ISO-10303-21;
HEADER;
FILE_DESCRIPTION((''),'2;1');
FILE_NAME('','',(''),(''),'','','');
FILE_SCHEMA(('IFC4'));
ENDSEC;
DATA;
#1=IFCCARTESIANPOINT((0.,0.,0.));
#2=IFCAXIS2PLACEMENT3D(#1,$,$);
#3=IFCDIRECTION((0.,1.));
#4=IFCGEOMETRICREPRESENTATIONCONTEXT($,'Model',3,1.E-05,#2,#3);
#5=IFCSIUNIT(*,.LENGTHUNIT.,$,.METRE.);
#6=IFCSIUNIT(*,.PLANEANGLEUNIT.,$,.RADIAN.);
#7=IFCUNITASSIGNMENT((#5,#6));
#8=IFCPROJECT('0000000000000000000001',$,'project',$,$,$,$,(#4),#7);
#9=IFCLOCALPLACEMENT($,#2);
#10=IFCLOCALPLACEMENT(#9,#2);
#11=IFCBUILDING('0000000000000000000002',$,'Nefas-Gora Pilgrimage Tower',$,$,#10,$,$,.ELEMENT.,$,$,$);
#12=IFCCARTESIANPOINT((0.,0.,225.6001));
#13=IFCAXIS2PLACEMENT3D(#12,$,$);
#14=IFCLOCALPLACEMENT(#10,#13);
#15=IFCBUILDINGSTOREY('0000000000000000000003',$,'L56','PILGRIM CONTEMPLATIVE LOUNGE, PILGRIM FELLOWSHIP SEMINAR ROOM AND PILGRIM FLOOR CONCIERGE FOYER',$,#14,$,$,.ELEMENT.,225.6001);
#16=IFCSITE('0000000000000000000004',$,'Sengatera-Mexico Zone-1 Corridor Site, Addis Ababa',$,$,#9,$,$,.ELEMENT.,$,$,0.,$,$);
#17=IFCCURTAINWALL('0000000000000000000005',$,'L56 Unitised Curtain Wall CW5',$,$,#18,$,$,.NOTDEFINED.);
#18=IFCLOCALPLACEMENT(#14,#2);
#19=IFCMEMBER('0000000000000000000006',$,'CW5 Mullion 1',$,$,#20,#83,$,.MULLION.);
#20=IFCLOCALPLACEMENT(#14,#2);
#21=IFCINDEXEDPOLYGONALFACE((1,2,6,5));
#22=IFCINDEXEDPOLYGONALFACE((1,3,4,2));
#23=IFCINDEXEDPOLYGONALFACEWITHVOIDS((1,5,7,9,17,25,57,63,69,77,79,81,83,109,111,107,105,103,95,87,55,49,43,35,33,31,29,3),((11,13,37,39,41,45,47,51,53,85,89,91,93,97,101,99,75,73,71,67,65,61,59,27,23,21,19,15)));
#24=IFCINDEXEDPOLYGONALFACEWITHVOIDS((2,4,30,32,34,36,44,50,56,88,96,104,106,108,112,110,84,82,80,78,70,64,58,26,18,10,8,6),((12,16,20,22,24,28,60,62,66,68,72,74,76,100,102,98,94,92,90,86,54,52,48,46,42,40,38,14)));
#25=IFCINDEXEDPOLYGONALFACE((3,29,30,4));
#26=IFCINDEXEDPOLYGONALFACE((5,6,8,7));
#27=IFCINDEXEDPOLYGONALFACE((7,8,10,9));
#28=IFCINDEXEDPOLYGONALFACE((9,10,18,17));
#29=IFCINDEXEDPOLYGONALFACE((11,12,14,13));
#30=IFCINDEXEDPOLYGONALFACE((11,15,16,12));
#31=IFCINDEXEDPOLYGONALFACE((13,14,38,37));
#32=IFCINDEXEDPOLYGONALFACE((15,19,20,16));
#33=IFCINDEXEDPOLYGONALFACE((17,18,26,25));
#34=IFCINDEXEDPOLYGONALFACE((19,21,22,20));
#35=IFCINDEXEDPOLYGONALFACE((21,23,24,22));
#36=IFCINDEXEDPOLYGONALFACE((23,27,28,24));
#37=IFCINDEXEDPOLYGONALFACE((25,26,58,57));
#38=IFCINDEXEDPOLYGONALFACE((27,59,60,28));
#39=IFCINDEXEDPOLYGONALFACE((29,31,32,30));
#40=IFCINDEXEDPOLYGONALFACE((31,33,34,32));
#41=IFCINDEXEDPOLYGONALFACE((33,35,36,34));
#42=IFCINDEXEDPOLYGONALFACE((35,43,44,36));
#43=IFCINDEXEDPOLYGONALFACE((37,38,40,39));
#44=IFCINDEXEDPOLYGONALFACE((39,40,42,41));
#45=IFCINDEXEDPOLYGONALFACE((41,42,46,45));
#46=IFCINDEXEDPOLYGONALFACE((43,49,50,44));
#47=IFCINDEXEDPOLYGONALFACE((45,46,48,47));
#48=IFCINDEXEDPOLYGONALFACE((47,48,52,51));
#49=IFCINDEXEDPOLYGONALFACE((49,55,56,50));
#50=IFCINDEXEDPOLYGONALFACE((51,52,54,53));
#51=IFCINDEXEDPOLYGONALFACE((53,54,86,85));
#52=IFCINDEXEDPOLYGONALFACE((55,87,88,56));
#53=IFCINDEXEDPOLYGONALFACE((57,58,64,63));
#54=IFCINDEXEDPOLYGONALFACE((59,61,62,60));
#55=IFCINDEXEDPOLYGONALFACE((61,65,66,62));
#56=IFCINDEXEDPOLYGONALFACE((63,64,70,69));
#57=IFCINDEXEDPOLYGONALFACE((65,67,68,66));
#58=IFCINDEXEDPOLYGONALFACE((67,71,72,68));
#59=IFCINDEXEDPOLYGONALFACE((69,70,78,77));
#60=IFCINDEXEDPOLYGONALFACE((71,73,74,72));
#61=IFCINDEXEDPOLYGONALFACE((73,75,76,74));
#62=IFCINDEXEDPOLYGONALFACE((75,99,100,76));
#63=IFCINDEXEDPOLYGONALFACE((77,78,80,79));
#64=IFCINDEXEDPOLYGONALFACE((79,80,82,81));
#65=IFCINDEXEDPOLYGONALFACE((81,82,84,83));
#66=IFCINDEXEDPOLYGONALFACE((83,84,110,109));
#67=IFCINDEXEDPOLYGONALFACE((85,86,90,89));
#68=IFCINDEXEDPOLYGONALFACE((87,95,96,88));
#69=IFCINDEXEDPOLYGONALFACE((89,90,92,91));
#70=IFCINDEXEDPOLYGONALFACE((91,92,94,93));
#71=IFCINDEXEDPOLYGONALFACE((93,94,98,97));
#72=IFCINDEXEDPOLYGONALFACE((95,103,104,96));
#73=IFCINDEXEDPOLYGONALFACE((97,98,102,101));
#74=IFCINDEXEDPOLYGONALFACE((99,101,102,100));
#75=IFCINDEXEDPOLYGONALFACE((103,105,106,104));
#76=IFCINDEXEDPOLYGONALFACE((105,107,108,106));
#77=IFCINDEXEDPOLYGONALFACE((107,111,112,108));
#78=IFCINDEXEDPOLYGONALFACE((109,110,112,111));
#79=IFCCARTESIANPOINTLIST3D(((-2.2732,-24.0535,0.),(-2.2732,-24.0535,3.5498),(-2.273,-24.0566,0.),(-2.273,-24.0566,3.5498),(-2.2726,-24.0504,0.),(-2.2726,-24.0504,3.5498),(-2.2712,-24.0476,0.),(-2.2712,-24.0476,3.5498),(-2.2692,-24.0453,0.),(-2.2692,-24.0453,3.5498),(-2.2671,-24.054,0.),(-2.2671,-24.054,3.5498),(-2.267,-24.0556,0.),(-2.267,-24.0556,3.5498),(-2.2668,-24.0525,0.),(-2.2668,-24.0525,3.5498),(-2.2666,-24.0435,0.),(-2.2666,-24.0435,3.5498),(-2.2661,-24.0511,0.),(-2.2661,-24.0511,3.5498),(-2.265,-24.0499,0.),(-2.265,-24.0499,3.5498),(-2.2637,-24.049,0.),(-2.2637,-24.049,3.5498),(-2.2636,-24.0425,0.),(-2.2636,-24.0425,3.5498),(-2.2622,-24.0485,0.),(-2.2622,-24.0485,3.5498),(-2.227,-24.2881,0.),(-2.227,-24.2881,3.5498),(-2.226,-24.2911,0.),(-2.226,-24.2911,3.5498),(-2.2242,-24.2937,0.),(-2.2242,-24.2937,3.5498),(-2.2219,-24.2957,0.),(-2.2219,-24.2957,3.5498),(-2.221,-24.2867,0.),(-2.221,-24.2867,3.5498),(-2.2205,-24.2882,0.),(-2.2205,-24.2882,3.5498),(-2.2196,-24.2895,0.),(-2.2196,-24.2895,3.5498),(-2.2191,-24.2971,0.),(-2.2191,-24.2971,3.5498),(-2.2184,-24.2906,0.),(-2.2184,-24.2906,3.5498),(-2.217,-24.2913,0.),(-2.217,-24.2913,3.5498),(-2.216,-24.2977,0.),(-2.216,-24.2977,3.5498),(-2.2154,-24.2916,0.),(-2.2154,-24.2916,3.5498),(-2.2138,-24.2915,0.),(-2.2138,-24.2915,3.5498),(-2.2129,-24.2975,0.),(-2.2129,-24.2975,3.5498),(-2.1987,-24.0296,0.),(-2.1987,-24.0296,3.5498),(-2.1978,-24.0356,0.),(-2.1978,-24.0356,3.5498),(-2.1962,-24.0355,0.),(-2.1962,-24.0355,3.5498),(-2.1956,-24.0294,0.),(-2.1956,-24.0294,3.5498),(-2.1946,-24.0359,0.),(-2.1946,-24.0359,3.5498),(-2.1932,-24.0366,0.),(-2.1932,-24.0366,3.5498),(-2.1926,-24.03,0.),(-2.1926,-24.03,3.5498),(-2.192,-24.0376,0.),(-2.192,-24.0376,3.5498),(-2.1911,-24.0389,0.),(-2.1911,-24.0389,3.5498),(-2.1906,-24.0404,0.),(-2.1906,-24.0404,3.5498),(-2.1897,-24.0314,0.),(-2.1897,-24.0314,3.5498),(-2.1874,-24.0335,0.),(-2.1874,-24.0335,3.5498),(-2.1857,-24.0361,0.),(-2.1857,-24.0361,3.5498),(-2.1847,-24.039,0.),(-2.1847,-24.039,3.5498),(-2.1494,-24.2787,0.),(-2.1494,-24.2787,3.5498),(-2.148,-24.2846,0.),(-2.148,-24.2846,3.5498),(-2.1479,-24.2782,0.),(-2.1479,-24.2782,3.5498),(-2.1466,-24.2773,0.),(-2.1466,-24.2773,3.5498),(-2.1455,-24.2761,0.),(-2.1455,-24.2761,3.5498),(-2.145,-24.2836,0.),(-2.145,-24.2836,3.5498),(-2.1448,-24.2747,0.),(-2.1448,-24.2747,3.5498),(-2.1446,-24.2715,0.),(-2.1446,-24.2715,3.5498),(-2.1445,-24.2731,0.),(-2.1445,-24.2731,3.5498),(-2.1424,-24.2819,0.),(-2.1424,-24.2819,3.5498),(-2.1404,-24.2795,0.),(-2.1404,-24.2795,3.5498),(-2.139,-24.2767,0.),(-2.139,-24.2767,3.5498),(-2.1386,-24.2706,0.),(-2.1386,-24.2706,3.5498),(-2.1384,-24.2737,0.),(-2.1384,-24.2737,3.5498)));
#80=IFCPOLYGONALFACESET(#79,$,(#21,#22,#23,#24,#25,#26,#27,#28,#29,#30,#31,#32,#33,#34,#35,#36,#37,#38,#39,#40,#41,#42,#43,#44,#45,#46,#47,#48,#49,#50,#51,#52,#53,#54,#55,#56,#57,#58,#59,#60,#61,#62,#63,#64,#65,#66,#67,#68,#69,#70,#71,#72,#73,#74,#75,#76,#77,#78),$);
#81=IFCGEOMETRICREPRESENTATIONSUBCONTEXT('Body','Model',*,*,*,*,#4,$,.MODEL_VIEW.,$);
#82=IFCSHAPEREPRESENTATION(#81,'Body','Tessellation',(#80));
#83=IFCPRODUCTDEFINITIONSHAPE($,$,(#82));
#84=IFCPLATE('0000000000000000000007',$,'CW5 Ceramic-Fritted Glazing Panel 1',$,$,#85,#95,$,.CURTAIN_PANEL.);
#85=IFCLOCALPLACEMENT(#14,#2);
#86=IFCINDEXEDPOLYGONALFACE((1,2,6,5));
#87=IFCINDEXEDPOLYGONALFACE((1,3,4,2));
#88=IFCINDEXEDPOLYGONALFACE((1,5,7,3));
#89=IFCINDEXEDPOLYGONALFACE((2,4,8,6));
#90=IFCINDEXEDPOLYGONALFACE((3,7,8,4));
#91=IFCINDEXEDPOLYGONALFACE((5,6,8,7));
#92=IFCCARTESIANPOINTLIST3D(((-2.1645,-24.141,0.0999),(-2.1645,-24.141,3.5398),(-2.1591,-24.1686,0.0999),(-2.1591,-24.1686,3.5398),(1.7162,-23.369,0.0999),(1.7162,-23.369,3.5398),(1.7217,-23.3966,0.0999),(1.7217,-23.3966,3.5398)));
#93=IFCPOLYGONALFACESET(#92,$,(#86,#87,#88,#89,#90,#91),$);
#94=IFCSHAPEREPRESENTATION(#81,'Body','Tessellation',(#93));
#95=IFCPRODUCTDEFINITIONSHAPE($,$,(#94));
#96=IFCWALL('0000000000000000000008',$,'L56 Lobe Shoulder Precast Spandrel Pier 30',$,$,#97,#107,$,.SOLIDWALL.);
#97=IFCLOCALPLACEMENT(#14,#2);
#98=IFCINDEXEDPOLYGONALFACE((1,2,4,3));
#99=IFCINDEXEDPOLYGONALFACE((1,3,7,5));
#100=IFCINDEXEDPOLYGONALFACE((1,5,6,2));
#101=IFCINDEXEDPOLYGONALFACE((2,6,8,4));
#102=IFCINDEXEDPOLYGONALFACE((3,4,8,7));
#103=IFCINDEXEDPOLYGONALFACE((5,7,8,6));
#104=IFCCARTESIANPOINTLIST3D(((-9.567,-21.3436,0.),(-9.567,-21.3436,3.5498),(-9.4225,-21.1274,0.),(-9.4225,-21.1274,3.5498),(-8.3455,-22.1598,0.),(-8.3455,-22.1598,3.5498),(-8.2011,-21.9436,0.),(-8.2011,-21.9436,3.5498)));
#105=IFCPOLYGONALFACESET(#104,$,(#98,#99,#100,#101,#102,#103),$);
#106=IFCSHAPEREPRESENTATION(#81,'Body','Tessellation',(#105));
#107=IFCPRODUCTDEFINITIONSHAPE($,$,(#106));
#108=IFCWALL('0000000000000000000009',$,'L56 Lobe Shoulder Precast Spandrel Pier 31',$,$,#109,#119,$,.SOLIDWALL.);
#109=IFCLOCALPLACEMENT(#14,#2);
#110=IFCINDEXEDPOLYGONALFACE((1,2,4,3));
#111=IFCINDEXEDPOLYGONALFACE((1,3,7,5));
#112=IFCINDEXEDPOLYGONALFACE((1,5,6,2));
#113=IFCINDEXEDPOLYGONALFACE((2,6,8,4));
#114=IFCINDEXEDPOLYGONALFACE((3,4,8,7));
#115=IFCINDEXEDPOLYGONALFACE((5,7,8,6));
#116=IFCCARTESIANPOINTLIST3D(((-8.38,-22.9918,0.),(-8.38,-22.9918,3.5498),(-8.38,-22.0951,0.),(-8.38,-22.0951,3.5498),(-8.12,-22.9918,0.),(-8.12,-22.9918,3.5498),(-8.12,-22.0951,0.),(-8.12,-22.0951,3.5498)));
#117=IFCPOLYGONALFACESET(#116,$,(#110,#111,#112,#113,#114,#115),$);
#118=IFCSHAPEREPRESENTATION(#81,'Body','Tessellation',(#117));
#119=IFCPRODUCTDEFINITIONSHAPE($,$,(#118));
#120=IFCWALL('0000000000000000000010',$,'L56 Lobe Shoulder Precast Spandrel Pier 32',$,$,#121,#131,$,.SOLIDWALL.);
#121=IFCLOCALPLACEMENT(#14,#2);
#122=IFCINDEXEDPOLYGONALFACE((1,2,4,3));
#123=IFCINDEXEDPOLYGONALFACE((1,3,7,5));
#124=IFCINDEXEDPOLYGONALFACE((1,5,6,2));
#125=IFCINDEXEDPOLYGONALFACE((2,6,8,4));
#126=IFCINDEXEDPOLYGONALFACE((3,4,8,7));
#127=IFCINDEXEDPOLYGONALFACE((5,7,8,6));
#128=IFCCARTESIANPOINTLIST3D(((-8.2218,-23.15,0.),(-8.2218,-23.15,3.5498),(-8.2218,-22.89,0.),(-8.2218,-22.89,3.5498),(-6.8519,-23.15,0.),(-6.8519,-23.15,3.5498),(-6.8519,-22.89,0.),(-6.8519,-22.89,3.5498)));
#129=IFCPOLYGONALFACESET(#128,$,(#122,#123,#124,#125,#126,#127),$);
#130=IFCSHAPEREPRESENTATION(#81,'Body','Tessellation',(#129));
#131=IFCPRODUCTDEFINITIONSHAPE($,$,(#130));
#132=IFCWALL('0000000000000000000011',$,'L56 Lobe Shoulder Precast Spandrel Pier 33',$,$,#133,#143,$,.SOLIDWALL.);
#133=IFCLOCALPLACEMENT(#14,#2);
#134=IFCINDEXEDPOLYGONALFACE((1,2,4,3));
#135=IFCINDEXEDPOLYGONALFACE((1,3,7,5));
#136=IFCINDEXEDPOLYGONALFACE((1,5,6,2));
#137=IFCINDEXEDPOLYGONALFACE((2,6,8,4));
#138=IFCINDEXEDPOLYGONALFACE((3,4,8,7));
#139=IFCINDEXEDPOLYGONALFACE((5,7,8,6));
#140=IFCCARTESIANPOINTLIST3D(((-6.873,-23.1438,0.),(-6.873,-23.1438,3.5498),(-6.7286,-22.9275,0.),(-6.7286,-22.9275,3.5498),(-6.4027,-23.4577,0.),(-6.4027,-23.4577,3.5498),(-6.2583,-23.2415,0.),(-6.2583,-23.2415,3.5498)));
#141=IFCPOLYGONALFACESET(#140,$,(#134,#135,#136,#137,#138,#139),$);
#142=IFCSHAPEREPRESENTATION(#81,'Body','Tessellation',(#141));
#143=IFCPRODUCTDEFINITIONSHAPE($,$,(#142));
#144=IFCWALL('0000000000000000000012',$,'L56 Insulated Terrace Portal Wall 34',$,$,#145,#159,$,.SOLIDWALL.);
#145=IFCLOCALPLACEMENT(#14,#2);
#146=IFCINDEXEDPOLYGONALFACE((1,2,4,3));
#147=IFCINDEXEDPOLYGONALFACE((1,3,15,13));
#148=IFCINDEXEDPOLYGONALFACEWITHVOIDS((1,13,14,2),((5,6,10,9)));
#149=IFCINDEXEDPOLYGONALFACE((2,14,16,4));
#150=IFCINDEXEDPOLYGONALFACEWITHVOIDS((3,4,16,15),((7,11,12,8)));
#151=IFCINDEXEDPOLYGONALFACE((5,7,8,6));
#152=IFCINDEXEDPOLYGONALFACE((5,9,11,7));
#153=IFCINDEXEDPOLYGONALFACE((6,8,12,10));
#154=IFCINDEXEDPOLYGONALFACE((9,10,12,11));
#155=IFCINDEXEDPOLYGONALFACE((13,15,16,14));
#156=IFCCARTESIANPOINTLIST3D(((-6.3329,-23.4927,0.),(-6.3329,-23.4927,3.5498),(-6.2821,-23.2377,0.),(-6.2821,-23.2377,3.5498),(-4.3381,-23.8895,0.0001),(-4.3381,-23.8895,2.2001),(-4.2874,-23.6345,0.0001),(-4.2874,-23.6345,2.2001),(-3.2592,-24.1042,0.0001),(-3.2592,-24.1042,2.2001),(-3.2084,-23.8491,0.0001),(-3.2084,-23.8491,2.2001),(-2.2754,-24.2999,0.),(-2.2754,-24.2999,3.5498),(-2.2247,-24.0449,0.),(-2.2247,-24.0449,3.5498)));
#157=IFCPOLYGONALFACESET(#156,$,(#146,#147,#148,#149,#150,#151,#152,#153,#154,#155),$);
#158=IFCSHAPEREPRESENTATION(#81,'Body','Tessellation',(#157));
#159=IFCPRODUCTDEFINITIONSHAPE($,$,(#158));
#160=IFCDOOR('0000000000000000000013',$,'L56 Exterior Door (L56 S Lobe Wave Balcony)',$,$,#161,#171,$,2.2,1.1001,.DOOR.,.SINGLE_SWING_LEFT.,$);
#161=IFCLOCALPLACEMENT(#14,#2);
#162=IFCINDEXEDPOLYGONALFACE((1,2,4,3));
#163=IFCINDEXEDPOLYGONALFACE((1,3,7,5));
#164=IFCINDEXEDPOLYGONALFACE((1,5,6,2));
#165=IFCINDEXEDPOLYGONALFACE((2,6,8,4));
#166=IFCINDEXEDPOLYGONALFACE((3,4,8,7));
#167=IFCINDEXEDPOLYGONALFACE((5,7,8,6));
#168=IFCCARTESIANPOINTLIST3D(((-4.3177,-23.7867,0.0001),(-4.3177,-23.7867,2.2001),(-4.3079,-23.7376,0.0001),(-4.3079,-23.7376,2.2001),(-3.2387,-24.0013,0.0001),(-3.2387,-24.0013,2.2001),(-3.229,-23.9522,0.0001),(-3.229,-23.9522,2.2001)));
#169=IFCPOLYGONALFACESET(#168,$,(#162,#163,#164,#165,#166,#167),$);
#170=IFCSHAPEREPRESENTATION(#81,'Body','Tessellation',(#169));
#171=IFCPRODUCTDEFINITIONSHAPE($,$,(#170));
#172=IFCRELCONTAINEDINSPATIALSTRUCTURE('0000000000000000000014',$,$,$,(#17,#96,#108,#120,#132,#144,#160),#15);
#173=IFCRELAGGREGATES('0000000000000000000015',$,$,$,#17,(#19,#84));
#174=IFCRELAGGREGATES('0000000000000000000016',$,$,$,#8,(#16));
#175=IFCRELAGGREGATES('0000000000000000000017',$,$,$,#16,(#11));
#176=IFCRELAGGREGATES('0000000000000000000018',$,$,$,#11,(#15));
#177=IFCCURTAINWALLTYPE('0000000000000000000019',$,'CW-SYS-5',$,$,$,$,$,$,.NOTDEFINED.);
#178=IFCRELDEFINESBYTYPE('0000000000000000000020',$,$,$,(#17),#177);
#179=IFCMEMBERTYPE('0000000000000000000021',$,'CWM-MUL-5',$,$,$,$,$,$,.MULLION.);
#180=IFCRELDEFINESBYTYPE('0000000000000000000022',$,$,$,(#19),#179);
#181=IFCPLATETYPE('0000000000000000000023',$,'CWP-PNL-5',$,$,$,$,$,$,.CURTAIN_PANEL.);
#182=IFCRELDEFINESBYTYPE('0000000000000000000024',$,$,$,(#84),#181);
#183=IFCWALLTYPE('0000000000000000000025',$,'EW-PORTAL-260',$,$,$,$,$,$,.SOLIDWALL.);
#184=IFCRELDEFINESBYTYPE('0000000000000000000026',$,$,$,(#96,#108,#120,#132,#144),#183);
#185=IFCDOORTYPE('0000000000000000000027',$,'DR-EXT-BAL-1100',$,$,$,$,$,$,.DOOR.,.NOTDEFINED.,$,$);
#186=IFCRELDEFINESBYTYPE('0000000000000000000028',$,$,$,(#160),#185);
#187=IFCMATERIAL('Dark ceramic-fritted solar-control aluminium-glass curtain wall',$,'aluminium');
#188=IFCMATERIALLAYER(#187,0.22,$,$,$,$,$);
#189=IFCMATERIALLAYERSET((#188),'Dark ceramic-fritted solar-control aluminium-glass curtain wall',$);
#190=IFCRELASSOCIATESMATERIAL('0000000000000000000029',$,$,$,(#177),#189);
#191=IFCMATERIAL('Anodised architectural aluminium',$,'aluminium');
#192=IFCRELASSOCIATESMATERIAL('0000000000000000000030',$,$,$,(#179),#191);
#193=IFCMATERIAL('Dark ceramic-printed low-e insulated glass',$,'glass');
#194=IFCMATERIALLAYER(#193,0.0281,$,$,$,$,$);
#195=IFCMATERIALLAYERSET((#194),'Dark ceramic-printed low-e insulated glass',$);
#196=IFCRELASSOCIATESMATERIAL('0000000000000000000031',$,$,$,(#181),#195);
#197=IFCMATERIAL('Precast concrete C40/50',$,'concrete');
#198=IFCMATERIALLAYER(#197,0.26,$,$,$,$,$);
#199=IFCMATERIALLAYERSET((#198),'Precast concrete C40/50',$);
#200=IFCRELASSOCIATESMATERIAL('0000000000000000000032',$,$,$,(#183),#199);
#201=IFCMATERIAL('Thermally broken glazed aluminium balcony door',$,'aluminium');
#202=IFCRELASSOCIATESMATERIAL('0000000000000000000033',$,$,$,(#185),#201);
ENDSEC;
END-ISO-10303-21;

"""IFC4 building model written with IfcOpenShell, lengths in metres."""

from ifc_helpers import new_model, si_unit, direction, frame, frame_2d, origin, origin_2d, place, context, subcontext, project, spatial, rectangle, hollow_rectangle, extrude, source, transform, mapped, material, layer, layer_set, material_profile, profile_set, type_object, element, fill, aggregate, save


model = new_model("IFC4")

# Units and contexts
model_context = context("Model", 3, precision=1e-05, world=origin(), true_north=direction((0.0, 1.0)))
body_context = subcontext(model_context, "Body", "Model", "MODEL_VIEW")
ifc_project = project(units=[si_unit("LENGTHUNIT", "METRE"), si_unit("PLANEANGLEUNIT", "RADIAN")], contexts=[model_context])

# Site, building, storey
site_placement = place(None, origin())
site = spatial("IfcSite", under=ifc_project, at=site_placement, Name="Sengatera-Mexico Zone-1 Corridor Site, Addis Ababa", CompositionType="ELEMENT", RefElevation=0.0)
building_placement = place(site_placement, origin())
building = spatial("IfcBuilding", under=site, at=building_placement, Name="Nefas-Gora Pilgrimage Tower", CompositionType="ELEMENT")
storey_placement = place(building_placement, frame((0.0, 0.0, 225.6001)))
storey = spatial("IfcBuildingStorey", under=building, at=storey_placement, Name="L56", Description="PILGRIM CONTEMPLATIVE LOUNGE, PILGRIM FELLOWSHIP SEMINAR ROOM AND PILGRIM FLOOR CONCIERGE FOYER", CompositionType="ELEMENT", Elevation=225.6001)

# Curtain wall
ifc_material_1 = material(Name="Dark ceramic-fritted solar-control aluminium-glass curtain wall", Category="aluminium")
ifc_layer_1 = layer(ifc_material_1, 0.22)
ifc_layer_set_1 = layer_set([ifc_layer_1], Name="Dark ceramic-fritted solar-control aluminium-glass curtain wall")
curtain_wall_type = type_object("IfcCurtainWallType", Name="CW-SYS-5", PredefinedType="NOTDEFINED", material=ifc_layer_set_1)
curtain_wall_1_placement = place(storey_placement, origin())
curtain_wall_1 = element("IfcCurtainWall", 1, at=curtain_wall_1_placement, inside=storey, type_object=curtain_wall_type, Name="L56 Unitised Curtain Wall CW5", PredefinedType="NOTDEFINED")
ifc_material_2 = material(Name="Anodised architectural aluminium", Category="aluminium")
ifc_material_profile_1 = material_profile(ifc_material_2, hollow_rectangle(XDim=0.0901, YDim=0.26, WallThickness=0.0061, InnerFilletRadius=0.0061, OuterFilletRadius=0.012, at=origin_2d()), Name="ALU MULLION 90x260")
ifc_profile_set_1 = profile_set([ifc_material_profile_1], Name="Anodised architectural aluminium")
member_type_1 = type_object("IfcMemberType", Name="CWM-MUL-5", PredefinedType="MULLION", material=ifc_profile_set_1)
shared_shape_1 = source(origin(), body_context, "Body", "SweptSolid", [
    extrude(hollow_rectangle(XDim=0.0901, YDim=0.26, WallThickness=0.0061, InnerFilletRadius=0.0061, OuterFilletRadius=0.012, at=origin_2d()), origin(), (0.0, 0.0, 1.0), 3.5498),
])

# Member
member_1_placement = place(storey_placement, frame((-2.2058, -24.1636, 0.0), z_axis=(0.0, 0.0, 1.0), x_axis=(0.980783, 0.195102, 0.0)))
member_1 = element("IfcMember", 2, at=member_1_placement, type_object=member_type_1, Name="CW5 Mullion 1", PredefinedType="MULLION", context=body_context, shape_type="MappedRepresentation", body=[
    mapped(shared_shape_1, transform((0.0, 0.0, 0.0), x_axis=(1.0, 0.0, 0.0), y_axis=(0.0, 1.0, 0.0), z_axis=(0.0, 0.0, 1.0), scale=1.0)),
])

# Plate
ifc_material_3 = material(Name="Dark ceramic-printed low-e insulated glass", Category="glass")
ifc_layer_2 = layer(ifc_material_3, 0.0281)
ifc_layer_set_2 = layer_set([ifc_layer_2], Name="Dark ceramic-printed low-e insulated glass")
plate_type = type_object("IfcPlateType", Name="CWP-PNL-5", PredefinedType="CURTAIN_PANEL", material=ifc_layer_set_2)
shared_shape_2 = source(origin(), body_context, "Body", "SweptSolid", [
    extrude(rectangle(XDim=3.9568, YDim=0.0281, at=origin_2d()), origin(), (0.0, 0.0, 1.0), 3.4399),
])
plate_placement = place(storey_placement, frame((-0.2214, -23.7688, 0.0999), z_axis=(0.0, 0.0, 1.0), x_axis=(0.980783, 0.195102, 0.0)))
plate = element("IfcPlate", 3, at=plate_placement, type_object=plate_type, Name="CW5 Ceramic-Fritted Glazing Panel 1", PredefinedType="CURTAIN_PANEL", context=body_context, shape_type="MappedRepresentation", body=[
    mapped(shared_shape_2, transform((0.0, 0.0, 0.0), x_axis=(1.0, 0.0, 0.0), y_axis=(0.0, 1.0, 0.0), z_axis=(0.0, 0.0, 1.0), scale=1.0)),
])
aggregate(curtain_wall_1, [member_1, plate])

# Walls
ifc_material_4 = material(Name="Precast concrete C40/50", Category="concrete")
ifc_layer_3 = layer(ifc_material_4, 0.26)
ifc_layer_set_3 = layer_set([ifc_layer_3], Name="Precast concrete C40/50")
wall_type_1 = type_object("IfcWallType", Name="EW-PORTAL-260", PredefinedType="SOLIDWALL", material=ifc_layer_set_3)
shared_shape_3 = source(origin(), body_context, "Body", "SweptSolid", [
    extrude(rectangle(XDim=1.469, YDim=0.26, at=frame_2d((0.7344, 0.0))), origin(), (0.0, 0.0, 1.0), 3.5498),
])
wall_1_placement = place(storey_placement, frame((-9.4946, -21.2356, 0.0), z_axis=(0.0, 0.0, 1.0), x_axis=(0.831462, -0.555582, 0.0)))
element("IfcWall", 4, at=wall_1_placement, inside=storey, type_object=wall_type_1, Name="L56 Lobe Shoulder Precast Spandrel Pier 30", PredefinedType="SOLIDWALL", context=body_context, shape_type="MappedRepresentation", body=[
    mapped(shared_shape_3, transform((0.0, 0.0, 0.0), x_axis=(1.0, 0.0, 0.0), y_axis=(0.0, 1.0, 0.0), z_axis=(0.0, 0.0, 1.0), scale=1.0)),
])
shared_shape_4 = source(origin(), body_context, "Body", "SweptSolid", [
    extrude(rectangle(XDim=0.8967, YDim=0.26, at=frame_2d((0.4482, 0.0))), origin(), (0.0, 0.0, 1.0), 3.5498),
])
wall_2_placement = place(storey_placement, frame((-8.25, -22.0952, 0.0), z_axis=(0.0, 0.0, 1.0), x_axis=(0.0, -1.0, 0.0)))
element("IfcWall", 5, at=wall_2_placement, inside=storey, type_object=wall_type_1, Name="L56 Lobe Shoulder Precast Spandrel Pier 31", PredefinedType="SOLIDWALL", context=body_context, shape_type="MappedRepresentation", body=[
    mapped(shared_shape_4, transform((0.0, 0.0, 0.0), x_axis=(1.0, 0.0, 0.0), y_axis=(0.0, 1.0, 0.0), z_axis=(0.0, 0.0, 1.0), scale=1.0)),
])
shared_shape_5 = source(origin(), body_context, "Body", "SweptSolid", [
    extrude(rectangle(XDim=1.3699, YDim=0.26, at=frame_2d((0.6851, 0.0))), origin(), (0.0, 0.0, 1.0), 3.5498),
])
wall_3_placement = place(storey_placement, frame((-8.2219, -23.02, 0.0), z_axis=(0.0, 0.0, 1.0), x_axis=(1.0, 0.0, 0.0)))
element("IfcWall", 6, at=wall_3_placement, inside=storey, type_object=wall_type_1, Name="L56 Lobe Shoulder Precast Spandrel Pier 32", PredefinedType="SOLIDWALL", context=body_context, shape_type="MappedRepresentation", body=[
    mapped(shared_shape_5, transform((0.0, 0.0, 0.0), x_axis=(1.0, 0.0, 0.0), y_axis=(0.0, 1.0, 0.0), z_axis=(0.0, 0.0, 1.0), scale=1.0)),
])
shared_shape_6 = source(origin(), body_context, "Body", "SweptSolid", [
    extrude(rectangle(XDim=0.5654, YDim=0.26, at=frame_2d((0.2827, 0.0))), origin(), (0.0, 0.0, 1.0), 3.5498),
])
wall_4_placement = place(storey_placement, frame((-6.8008, -23.0356, 0.0), z_axis=(0.0, 0.0, 1.0), x_axis=(0.831651, -0.555298, 0.0)))
element("IfcWall", 7, at=wall_4_placement, inside=storey, type_object=wall_type_1, Name="L56 Lobe Shoulder Precast Spandrel Pier 33", PredefinedType="SOLIDWALL", context=body_context, shape_type="MappedRepresentation", body=[
    mapped(shared_shape_6, transform((0.0, 0.0, 0.0), x_axis=(1.0, 0.0, 0.0), y_axis=(0.0, 1.0, 0.0), z_axis=(0.0, 0.0, 1.0), scale=1.0)),
])

# Wall, opening, door
shared_shape_7 = source(origin(), body_context, "Body", "SweptSolid", [
    extrude(rectangle(XDim=4.137, YDim=0.26, at=frame_2d((2.0684, 0.0))), origin(), (0.0, 0.0, 1.0), 3.5498),
])
wall_5_placement = place(storey_placement, frame((-6.3074, -23.3652, 0.0), z_axis=(0.0, 0.0, 1.0), x_axis=(0.980782, -0.195106, 0.0)))
wall_5 = element("IfcWall", 8, at=wall_5_placement, inside=storey, type_object=wall_type_1, Name="L56 Insulated Terrace Portal Wall 34", PredefinedType="SOLIDWALL", context=body_context, shape_type="MappedRepresentation", body=[
    mapped(shared_shape_7, transform((0.0, 0.0, 0.0), x_axis=(1.0, 0.0, 0.0), y_axis=(0.0, 1.0, 0.0), z_axis=(0.0, 0.0, 1.0), scale=1.0)),
])
opening_1_placement = place(wall_5_placement, frame((2.0337, 0.0, 0.0)))
opening_1 = element("IfcOpeningElement", 9, at=opening_1_placement, cuts=wall_5, PredefinedType="OPENING", context=body_context, shape_type="SweptSolid", body=[
    extrude(rectangle(XDim=1.1001, YDim=2.2, at=frame_2d((0.55, 1.1001))), frame((0.0, 0.1399, 0.0), z_axis=(0.0, -1.0, 0.0), x_axis=(1.0, 0.0, 0.0)), (0.0, 0.0, 1.0), 0.28),
])
ifc_material_5 = material(Name="Thermally broken glazed aluminium balcony door", Category="aluminium")
door_type_1 = type_object("IfcDoorType", Name="DR-EXT-BAL-1100", OperationType="NOTDEFINED", PredefinedType="DOOR", material=ifc_material_5)
shared_shape_8 = source(origin(), body_context, "Body", "SweptSolid", [
    extrude(rectangle(XDim=1.1001, YDim=2.2, at=frame_2d((0.55, 1.1001))), frame((0.0, 0.0249, 0.0), z_axis=(0.0, -1.0, 0.0), x_axis=(1.0, 0.0, 0.0)), (0.0, 0.0, 1.0), 0.05),
])
door_1_placement = place(opening_1_placement, origin())
door_1 = element("IfcDoor", 10, at=door_1_placement, inside=storey, type_object=door_type_1, Name="L56 Exterior Door (L56 S Lobe Wave Balcony)", OperationType="SINGLE_SWING_LEFT", OverallHeight=2.2, OverallWidth=1.1001, PredefinedType="DOOR", context=body_context, shape_type="MappedRepresentation", body=[
    mapped(shared_shape_8, transform((0.0, 0.0, 0.0), x_axis=(1.0, 0.0, 0.0), y_axis=(0.0, 1.0, 0.0), z_axis=(0.0, 0.0, 1.0), scale=1.0)),
])
fill(opening_1, door_1)

save(model, "model.ifc")
